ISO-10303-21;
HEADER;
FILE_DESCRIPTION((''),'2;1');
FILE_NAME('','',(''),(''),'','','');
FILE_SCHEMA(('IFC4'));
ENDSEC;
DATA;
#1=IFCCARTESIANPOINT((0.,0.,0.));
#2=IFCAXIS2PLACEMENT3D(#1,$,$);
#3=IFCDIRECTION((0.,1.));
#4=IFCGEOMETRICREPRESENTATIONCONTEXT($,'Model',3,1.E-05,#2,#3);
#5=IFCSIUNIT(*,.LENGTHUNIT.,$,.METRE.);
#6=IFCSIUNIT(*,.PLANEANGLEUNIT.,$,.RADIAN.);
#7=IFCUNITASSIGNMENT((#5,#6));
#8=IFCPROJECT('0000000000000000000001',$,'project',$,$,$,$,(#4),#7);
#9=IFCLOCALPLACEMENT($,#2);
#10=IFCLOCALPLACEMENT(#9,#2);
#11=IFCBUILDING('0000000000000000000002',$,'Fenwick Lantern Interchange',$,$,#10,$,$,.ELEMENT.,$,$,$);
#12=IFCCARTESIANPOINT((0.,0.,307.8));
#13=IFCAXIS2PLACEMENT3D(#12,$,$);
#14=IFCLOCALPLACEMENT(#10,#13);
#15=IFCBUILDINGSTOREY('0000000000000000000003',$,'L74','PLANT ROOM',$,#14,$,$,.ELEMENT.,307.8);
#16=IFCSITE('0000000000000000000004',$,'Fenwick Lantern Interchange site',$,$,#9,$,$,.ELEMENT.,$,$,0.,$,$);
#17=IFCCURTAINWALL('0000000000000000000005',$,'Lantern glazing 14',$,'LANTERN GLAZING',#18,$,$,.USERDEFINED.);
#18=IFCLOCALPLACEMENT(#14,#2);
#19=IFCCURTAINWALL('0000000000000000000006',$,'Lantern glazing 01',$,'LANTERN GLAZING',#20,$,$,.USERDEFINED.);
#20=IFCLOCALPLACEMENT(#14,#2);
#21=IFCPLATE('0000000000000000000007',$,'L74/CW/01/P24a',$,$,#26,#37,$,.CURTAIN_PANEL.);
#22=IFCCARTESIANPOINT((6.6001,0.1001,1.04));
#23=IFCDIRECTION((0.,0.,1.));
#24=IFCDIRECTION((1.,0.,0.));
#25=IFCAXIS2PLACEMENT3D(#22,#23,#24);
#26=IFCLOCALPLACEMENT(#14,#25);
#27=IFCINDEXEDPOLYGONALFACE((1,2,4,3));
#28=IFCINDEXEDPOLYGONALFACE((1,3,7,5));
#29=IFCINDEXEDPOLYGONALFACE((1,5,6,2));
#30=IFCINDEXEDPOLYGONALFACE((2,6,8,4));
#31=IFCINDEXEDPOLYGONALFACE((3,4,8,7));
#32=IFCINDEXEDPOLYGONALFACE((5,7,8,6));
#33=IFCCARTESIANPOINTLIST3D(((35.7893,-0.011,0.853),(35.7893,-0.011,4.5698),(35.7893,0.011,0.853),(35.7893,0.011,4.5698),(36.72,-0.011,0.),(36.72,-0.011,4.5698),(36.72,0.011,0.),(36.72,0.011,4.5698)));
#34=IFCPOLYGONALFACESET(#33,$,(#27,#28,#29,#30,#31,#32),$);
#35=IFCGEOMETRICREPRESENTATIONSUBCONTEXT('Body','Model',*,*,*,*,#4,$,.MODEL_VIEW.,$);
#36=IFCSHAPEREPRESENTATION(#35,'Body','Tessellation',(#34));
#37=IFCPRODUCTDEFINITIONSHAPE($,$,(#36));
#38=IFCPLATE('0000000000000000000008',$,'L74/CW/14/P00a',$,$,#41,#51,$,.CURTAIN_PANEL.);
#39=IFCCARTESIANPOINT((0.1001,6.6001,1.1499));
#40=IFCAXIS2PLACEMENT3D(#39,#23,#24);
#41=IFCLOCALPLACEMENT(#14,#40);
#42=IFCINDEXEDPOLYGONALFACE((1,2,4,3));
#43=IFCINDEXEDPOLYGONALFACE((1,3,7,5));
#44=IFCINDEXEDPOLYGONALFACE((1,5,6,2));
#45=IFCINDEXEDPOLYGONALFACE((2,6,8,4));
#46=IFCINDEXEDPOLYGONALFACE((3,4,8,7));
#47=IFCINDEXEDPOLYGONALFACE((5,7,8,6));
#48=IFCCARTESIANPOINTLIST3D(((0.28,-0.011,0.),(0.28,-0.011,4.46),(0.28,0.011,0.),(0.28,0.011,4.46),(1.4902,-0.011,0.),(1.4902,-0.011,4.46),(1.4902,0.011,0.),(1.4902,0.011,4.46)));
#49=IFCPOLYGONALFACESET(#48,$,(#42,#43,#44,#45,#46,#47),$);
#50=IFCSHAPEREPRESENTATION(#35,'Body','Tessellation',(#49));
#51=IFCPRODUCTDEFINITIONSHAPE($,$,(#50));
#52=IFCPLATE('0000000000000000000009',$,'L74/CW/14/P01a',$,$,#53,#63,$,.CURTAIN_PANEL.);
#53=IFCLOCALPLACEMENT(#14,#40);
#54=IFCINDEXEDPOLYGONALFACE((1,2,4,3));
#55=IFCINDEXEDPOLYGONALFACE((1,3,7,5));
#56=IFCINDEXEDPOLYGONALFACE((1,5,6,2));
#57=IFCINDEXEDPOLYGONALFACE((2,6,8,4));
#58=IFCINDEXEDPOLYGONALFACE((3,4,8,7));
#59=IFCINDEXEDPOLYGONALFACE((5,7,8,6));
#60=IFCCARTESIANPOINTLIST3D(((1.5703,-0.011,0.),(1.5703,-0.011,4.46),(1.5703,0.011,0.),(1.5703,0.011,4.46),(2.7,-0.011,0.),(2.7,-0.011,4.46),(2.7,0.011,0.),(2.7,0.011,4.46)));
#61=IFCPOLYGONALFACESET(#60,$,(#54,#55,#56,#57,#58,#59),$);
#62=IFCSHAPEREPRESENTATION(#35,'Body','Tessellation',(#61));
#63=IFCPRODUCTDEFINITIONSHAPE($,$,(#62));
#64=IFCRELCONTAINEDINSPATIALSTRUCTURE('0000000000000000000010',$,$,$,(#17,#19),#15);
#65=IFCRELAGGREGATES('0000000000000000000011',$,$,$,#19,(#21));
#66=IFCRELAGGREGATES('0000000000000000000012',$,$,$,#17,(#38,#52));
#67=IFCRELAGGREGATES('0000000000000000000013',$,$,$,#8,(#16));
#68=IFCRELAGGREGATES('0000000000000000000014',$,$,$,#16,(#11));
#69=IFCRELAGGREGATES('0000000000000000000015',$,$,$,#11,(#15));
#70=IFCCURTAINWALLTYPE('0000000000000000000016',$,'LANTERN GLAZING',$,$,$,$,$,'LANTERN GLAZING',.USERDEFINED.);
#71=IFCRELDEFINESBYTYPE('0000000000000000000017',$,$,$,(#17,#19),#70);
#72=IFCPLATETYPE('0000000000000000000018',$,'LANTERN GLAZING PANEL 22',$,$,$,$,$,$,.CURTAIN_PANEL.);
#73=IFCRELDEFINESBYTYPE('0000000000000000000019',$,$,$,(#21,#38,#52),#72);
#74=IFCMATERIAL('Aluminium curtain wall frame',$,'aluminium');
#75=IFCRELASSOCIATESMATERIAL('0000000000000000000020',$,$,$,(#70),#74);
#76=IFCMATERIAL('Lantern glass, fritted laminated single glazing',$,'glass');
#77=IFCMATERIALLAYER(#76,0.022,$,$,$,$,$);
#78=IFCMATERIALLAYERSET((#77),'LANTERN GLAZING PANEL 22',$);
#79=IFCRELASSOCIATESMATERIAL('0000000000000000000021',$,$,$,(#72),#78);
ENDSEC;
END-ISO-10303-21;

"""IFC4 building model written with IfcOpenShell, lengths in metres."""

from ifc_helpers import new_model, si_unit, direction, frame, origin, place, context, subcontext, project, spatial, polyline, outline, extrude, material, layer, layer_set, type_object, element, aggregate, save


model = new_model("IFC4")

# Units and contexts
model_context = context("Model", 3, precision=1e-05, world=origin(), true_north=direction((0.0, 1.0)))
body_context = subcontext(model_context, "Body", "Model", "MODEL_VIEW")
ifc_project = project(units=[si_unit("LENGTHUNIT", "METRE"), si_unit("PLANEANGLEUNIT", "RADIAN")], contexts=[model_context])

# Site, building, storey
site_placement = place(None, origin())
site = spatial("IfcSite", under=ifc_project, at=site_placement, Name="Fenwick Lantern Interchange site", CompositionType="ELEMENT", RefElevation=0.0)
building_placement = place(site_placement, origin())
building = spatial("IfcBuilding", under=site, at=building_placement, Name="Fenwick Lantern Interchange", CompositionType="ELEMENT")
storey_placement = place(building_placement, frame((0.0, 0.0, 307.8)))
storey = spatial("IfcBuildingStorey", under=building, at=storey_placement, Name="L74", Description="PLANT ROOM", CompositionType="ELEMENT", Elevation=307.8)

# Shared definitions
ifc_material_1 = material(Name="Aluminium curtain wall frame", Category="aluminium")
curtain_wall_type = type_object("IfcCurtainWallType", Name="LANTERN GLAZING", ElementType="LANTERN GLAZING", PredefinedType="USERDEFINED", material=ifc_material_1)

# Curtain wall
curtain_wall_1_placement = place(storey_placement, origin())
curtain_wall_1 = element("IfcCurtainWall", 1, at=curtain_wall_1_placement, inside=storey, type_object=curtain_wall_type, Name="Lantern glazing 14", ObjectType="LANTERN GLAZING", PredefinedType="USERDEFINED")

# Curtain wall, plate
curtain_wall_2_placement = place(storey_placement, origin())
curtain_wall_2 = element("IfcCurtainWall", 2, at=curtain_wall_2_placement, inside=storey, type_object=curtain_wall_type, Name="Lantern glazing 01", ObjectType="LANTERN GLAZING", PredefinedType="USERDEFINED")
ifc_material_2 = material(Name="Lantern glass, fritted laminated single glazing", Category="glass")
ifc_layer_1 = layer(ifc_material_2, 0.022)
ifc_layer_set_1 = layer_set([ifc_layer_1], Name="LANTERN GLAZING PANEL 22")
plate_type = type_object("IfcPlateType", Name="LANTERN GLAZING PANEL 22", PredefinedType="CURTAIN_PANEL", material=ifc_layer_set_1)
plate_1_placement = place(storey_placement, frame((6.6001, 0.1001, 1.04), z_axis=(0.0, 0.0, 1.0), x_axis=(1.0, 0.0, 0.0)))
plate_1 = element("IfcPlate", 3, at=plate_1_placement, type_object=plate_type, Name="L74/CW/01/P24a", PredefinedType="CURTAIN_PANEL", context=body_context, shape_type="SweptSolid", body=[
    extrude(outline(polyline([(36.72, 0.0), (36.72, 4.5698), (35.7893, 4.5698), (35.7893, 0.853), (36.72, 0.0)])), frame((0.0, 0.011, 0.0), z_axis=(0.0, -1.0, 0.0), x_axis=(1.0, 0.0, 0.0)), (0.0, 0.0, 1.0), 0.022),
])
aggregate(curtain_wall_2, [plate_1])

# Plates
plate_2_placement = place(storey_placement, frame((0.1001, 6.6001, 1.1499), z_axis=(0.0, 0.0, 1.0), x_axis=(1.0, 0.0, 0.0)))
plate_2 = element("IfcPlate", 4, at=plate_2_placement, type_object=plate_type, Name="L74/CW/14/P00a", PredefinedType="CURTAIN_PANEL", context=body_context, shape_type="SweptSolid", body=[
    extrude(outline(polyline([(0.28, 0.0), (1.4902, 0.0), (1.4902, 4.46), (0.28, 4.46), (0.28, 0.0)])), frame((0.0, 0.011, 0.0), z_axis=(0.0, -1.0, 0.0), x_axis=(1.0, 0.0, 0.0)), (0.0, 0.0, 1.0), 0.022),
])
plate_3_placement = place(storey_placement, frame((0.1001, 6.6001, 1.1499), z_axis=(0.0, 0.0, 1.0), x_axis=(1.0, 0.0, 0.0)))
plate_3 = element("IfcPlate", 5, at=plate_3_placement, type_object=plate_type, Name="L74/CW/14/P01a", PredefinedType="CURTAIN_PANEL", context=body_context, shape_type="SweptSolid", body=[
    extrude(outline(polyline([(1.5703, 0.0), (2.7, 0.0), (2.7, 4.46), (1.5703, 4.46), (1.5703, 0.0)])), frame((0.0, 0.011, 0.0), z_axis=(0.0, -1.0, 0.0), x_axis=(1.0, 0.0, 0.0)), (0.0, 0.0, 1.0), 0.022),
])
aggregate(curtain_wall_1, [plate_2, plate_3])

save(model, "model.ifc")
